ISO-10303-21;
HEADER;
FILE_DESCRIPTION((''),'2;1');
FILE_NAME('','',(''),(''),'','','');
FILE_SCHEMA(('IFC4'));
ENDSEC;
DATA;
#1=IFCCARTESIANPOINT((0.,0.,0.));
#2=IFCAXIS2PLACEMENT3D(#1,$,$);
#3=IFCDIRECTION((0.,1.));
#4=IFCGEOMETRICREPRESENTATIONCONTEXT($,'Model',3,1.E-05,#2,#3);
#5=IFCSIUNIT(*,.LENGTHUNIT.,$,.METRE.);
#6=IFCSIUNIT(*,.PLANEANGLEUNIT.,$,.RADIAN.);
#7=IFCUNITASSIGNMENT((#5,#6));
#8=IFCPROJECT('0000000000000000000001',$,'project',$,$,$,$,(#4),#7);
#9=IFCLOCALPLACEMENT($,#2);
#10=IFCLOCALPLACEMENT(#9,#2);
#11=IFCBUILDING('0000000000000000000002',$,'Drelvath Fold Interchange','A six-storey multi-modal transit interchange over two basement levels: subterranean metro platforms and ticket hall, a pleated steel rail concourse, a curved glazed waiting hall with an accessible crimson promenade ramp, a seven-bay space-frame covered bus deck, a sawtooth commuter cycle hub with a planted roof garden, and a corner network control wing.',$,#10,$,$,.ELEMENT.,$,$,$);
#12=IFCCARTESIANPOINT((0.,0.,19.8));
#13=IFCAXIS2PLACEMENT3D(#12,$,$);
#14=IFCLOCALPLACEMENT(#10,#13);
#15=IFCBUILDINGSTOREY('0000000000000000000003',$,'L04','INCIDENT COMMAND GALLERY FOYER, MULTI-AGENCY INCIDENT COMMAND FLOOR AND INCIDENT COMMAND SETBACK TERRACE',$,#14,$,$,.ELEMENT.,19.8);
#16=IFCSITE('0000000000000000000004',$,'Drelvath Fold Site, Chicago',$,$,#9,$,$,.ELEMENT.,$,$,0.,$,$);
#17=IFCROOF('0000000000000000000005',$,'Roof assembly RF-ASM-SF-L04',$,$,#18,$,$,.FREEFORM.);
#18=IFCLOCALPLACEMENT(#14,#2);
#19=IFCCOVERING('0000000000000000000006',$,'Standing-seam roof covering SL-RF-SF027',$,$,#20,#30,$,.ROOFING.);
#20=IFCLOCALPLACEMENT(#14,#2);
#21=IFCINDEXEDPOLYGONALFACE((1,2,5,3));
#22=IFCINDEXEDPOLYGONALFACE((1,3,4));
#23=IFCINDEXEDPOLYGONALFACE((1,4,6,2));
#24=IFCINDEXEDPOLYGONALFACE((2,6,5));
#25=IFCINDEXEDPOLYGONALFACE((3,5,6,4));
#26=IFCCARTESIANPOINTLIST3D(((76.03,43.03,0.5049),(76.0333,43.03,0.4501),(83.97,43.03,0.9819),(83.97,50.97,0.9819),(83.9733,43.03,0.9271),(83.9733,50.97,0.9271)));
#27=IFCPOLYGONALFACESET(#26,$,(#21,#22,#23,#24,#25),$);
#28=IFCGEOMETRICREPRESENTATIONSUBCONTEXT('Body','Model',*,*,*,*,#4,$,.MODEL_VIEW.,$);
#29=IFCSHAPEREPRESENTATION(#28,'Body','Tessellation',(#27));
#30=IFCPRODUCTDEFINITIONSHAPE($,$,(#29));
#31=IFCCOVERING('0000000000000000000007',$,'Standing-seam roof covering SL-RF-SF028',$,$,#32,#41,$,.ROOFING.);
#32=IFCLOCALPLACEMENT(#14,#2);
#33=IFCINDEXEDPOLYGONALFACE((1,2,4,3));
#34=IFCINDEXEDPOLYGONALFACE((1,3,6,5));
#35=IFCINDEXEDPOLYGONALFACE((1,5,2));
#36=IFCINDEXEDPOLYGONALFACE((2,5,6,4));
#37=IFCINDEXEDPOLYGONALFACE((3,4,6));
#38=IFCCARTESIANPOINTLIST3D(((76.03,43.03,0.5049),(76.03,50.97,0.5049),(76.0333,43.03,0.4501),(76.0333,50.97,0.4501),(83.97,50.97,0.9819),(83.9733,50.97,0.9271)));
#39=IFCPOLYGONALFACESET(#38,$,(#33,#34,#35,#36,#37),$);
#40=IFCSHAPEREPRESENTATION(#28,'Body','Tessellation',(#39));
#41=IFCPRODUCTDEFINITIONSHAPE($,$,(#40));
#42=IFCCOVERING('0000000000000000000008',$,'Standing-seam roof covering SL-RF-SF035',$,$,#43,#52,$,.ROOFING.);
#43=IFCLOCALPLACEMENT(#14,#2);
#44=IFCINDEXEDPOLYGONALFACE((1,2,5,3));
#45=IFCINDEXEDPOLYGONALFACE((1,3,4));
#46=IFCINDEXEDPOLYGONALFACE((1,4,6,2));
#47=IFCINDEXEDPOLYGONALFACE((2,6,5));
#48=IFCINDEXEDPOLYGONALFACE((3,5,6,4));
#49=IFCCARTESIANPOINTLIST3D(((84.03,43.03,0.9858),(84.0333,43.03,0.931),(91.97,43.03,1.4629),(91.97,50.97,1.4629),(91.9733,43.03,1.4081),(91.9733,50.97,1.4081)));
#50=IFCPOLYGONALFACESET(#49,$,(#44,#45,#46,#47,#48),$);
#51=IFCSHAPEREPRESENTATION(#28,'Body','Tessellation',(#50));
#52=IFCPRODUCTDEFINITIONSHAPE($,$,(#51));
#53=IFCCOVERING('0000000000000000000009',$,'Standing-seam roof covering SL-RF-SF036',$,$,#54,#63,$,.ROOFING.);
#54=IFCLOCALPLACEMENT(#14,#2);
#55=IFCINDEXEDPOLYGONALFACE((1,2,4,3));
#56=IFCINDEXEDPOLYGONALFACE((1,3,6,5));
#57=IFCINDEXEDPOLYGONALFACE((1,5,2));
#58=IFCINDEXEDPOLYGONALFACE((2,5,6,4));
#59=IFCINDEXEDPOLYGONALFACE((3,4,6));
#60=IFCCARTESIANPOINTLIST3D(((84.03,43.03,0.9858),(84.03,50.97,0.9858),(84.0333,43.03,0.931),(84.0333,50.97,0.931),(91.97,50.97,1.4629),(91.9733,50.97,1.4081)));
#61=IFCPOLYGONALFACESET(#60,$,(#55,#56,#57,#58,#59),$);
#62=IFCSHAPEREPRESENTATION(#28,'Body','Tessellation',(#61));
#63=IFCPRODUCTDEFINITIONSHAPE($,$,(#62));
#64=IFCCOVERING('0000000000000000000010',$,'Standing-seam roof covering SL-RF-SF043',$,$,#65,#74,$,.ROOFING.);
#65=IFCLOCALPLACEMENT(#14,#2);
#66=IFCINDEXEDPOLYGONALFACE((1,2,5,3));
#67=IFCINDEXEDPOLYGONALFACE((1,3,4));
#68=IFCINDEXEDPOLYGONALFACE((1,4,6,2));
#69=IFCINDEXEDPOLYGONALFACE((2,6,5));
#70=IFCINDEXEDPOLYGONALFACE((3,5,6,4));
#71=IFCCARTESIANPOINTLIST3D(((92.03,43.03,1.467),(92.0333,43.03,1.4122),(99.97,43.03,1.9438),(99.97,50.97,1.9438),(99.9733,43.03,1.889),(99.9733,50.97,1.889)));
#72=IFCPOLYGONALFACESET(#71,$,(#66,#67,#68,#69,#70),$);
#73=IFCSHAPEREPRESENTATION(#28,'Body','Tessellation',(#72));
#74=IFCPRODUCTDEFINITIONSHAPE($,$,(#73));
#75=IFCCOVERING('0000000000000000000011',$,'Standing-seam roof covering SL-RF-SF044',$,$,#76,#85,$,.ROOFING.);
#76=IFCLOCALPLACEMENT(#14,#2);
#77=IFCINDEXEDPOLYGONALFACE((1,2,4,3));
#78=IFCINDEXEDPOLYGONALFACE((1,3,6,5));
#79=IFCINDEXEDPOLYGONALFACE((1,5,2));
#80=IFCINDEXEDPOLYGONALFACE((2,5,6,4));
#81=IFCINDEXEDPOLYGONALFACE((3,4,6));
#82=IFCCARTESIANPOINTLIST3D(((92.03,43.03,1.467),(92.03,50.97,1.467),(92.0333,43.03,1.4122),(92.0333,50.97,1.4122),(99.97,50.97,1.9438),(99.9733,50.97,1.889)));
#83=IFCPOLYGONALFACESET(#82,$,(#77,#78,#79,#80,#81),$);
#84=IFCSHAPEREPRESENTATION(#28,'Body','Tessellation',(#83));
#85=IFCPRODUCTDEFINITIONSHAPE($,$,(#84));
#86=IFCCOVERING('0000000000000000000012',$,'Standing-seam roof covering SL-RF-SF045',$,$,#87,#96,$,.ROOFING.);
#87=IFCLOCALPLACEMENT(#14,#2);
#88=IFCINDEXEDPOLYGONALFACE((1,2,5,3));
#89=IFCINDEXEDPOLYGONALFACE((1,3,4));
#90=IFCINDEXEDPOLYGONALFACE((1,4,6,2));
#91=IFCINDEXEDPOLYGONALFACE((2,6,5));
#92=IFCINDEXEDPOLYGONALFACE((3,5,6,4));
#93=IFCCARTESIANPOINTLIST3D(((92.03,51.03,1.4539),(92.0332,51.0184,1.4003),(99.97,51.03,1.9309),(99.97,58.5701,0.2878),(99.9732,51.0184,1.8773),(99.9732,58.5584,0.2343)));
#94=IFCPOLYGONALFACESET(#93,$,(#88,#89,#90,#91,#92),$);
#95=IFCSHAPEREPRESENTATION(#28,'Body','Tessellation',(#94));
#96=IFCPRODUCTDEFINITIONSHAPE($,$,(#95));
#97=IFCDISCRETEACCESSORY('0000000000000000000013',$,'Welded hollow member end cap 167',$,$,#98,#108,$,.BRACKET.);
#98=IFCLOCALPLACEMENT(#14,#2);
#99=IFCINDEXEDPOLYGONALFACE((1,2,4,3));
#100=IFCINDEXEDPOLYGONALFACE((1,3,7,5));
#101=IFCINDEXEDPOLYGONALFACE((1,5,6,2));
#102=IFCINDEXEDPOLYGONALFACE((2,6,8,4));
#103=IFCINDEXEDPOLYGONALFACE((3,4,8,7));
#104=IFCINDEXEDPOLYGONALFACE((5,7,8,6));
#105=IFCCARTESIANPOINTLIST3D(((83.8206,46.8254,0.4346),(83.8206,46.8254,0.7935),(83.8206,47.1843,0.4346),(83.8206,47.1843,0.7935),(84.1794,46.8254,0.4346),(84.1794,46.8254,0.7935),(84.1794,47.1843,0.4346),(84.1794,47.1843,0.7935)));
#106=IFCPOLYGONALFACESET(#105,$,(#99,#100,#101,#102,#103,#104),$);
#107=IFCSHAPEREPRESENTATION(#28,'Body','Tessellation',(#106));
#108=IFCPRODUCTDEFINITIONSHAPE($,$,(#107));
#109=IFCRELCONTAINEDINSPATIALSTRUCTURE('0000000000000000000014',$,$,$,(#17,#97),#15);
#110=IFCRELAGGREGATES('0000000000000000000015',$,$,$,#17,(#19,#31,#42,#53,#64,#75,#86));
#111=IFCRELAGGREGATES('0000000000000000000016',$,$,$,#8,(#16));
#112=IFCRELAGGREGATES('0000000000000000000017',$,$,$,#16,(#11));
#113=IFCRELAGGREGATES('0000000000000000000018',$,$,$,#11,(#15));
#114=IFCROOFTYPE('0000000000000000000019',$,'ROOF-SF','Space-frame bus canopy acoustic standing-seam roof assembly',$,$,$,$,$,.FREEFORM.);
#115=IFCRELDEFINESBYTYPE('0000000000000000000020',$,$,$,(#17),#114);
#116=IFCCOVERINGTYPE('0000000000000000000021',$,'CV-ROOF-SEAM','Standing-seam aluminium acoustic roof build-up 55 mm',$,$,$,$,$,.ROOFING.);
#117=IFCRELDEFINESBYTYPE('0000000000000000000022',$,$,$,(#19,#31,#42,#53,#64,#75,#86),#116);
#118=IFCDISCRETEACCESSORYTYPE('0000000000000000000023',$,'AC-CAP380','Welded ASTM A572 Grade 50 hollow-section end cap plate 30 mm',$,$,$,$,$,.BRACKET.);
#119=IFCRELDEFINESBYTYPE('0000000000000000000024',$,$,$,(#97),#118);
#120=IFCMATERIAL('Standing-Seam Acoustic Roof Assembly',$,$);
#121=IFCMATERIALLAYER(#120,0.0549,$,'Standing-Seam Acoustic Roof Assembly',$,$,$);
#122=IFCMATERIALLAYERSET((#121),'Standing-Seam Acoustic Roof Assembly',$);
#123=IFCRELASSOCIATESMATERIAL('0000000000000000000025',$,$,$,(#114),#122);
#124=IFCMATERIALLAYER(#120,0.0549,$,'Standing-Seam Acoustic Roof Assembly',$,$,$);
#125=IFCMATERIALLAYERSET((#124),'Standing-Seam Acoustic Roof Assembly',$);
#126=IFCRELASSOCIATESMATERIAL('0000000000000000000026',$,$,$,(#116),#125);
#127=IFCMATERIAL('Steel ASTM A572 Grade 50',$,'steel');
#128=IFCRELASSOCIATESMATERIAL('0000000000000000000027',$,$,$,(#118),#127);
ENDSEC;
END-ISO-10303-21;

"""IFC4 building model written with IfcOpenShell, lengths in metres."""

from ifc_helpers import new_model, si_unit, direction, frame, origin, origin_2d, place, context, subcontext, project, spatial, polyline, rectangle, outline, extrude, material, layer, layer_set, type_object, element, aggregate, save


model = new_model("IFC4")

# Units and contexts
model_context = context("Model", 3, precision=1e-05, world=origin(), true_north=direction((0.0, 1.0)))
body_context = subcontext(model_context, "Body", "Model", "MODEL_VIEW")
ifc_project = project(units=[si_unit("LENGTHUNIT", "METRE"), si_unit("PLANEANGLEUNIT", "RADIAN")], contexts=[model_context])

# Site, building, storey
site_placement = place(None, origin())
site = spatial("IfcSite", under=ifc_project, at=site_placement, Name="Drelvath Fold Site, Chicago", CompositionType="ELEMENT", RefElevation=0.0)
building_placement = place(site_placement, origin())
building = spatial("IfcBuilding", under=site, at=building_placement, Name="Drelvath Fold Interchange", Description="A six-storey multi-modal transit interchange over two basement levels: subterranean metro platforms and ticket hall, a pleated steel rail concourse, a curved glazed waiting hall with an accessible crimson promenade ramp, a seven-bay space-frame covered bus deck, a sawtooth commuter cycle hub with a planted roof garden, and a corner network control wing.", CompositionType="ELEMENT")
storey_placement = place(building_placement, frame((0.0, 0.0, 19.8)))
storey = spatial("IfcBuildingStorey", under=building, at=storey_placement, Name="L04", Description="INCIDENT COMMAND GALLERY FOYER, MULTI-AGENCY INCIDENT COMMAND FLOOR AND INCIDENT COMMAND SETBACK TERRACE", CompositionType="ELEMENT", Elevation=19.8)

# Roof, coverings
ifc_material_1 = material(Name="Standing-Seam Acoustic Roof Assembly")
ifc_layer_1 = layer(ifc_material_1, 0.0549, Name="Standing-Seam Acoustic Roof Assembly")
ifc_layer_set_1 = layer_set([ifc_layer_1], Name="Standing-Seam Acoustic Roof Assembly")
roof_type = type_object("IfcRoofType", Name="ROOF-SF", Description="Space-frame bus canopy acoustic standing-seam roof assembly", PredefinedType="FREEFORM", material=ifc_layer_set_1)
roof_placement = place(storey_placement, origin())
roof = element("IfcRoof", 1, at=roof_placement, inside=storey, type_object=roof_type, Name="Roof assembly RF-ASM-SF-L04", PredefinedType="FREEFORM")
ifc_layer_2 = layer(ifc_material_1, 0.0549, Name="Standing-Seam Acoustic Roof Assembly")
ifc_layer_set_2 = layer_set([ifc_layer_2], Name="Standing-Seam Acoustic Roof Assembly")
covering_type = type_object("IfcCoveringType", Name="CV-ROOF-SEAM", Description="Standing-seam aluminium acoustic roof build-up 55 mm", PredefinedType="ROOFING", material=ifc_layer_set_2)
covering_1_placement = place(storey_placement, frame((76.03, 43.03, 0.5049), z_axis=(-0.059974, 0.0, 0.9982), x_axis=(0.9982, 0.0, 0.059974)))
covering_1 = element("IfcCovering", 2, at=covering_1_placement, type_object=covering_type, Name="Standing-seam roof covering SL-RF-SF027", PredefinedType="ROOFING", context=body_context, shape_type="SweptSolid", body=[
    extrude(outline(polyline([(0.0, 0.0), (7.9543, 0.0), (7.9543, 7.9399), (0.0, 0.0)])), origin(), (0.0, 0.0, -1.0), 0.0549),
])
covering_2_placement = place(storey_placement, frame((76.03, 43.03, 0.5049), z_axis=(-0.059974, 0.0, 0.9982), x_axis=(0.706469, 0.706469, 0.042446)))
covering_2 = element("IfcCovering", 3, at=covering_2_placement, type_object=covering_type, Name="Standing-seam roof covering SL-RF-SF028", PredefinedType="ROOFING", context=body_context, shape_type="SweptSolid", body=[
    extrude(outline(polyline([(0.0, 0.0), (11.2389, 0.0), (5.6093, 5.6194), (0.0, 0.0)])), origin(), (0.0, 0.0, -1.0), 0.0549),
])
covering_3_placement = place(storey_placement, frame((84.03, 43.03, 0.9858), z_axis=(-0.059974, 0.0, 0.9982), x_axis=(0.9982, 0.0, 0.059974)))
covering_3 = element("IfcCovering", 4, at=covering_3_placement, type_object=covering_type, Name="Standing-seam roof covering SL-RF-SF035", PredefinedType="ROOFING", context=body_context, shape_type="SweptSolid", body=[
    extrude(outline(polyline([(0.0, 0.0), (7.9543, 0.0), (7.9543, 7.9399), (0.0, 0.0)])), origin(), (0.0, 0.0, -1.0), 0.0549),
])
covering_4_placement = place(storey_placement, frame((84.03, 43.03, 0.9858), z_axis=(-0.059974, 0.0, 0.9982), x_axis=(0.706469, 0.706469, 0.042446)))
covering_4 = element("IfcCovering", 5, at=covering_4_placement, type_object=covering_type, Name="Standing-seam roof covering SL-RF-SF036", PredefinedType="ROOFING", context=body_context, shape_type="SweptSolid", body=[
    extrude(outline(polyline([(0.0, 0.0), (11.2389, 0.0), (5.6093, 5.6194), (0.0, 0.0)])), origin(), (0.0, 0.0, -1.0), 0.0549),
])
covering_5_placement = place(storey_placement, frame((92.03, 43.03, 1.467), z_axis=(-0.059944, 0.0, 0.998202), x_axis=(0.998202, 0.0, 0.059944)))
covering_5 = element("IfcCovering", 6, at=covering_5_placement, type_object=covering_type, Name="Standing-seam roof covering SL-RF-SF043", PredefinedType="ROOFING", context=body_context, shape_type="SweptSolid", body=[
    extrude(outline(polyline([(0.0, 0.0), (7.9542, 0.0), (7.9542, 7.9399), (0.0, 0.0)])), origin(), (0.0, 0.0, -1.0), 0.0549),
])
covering_6_placement = place(storey_placement, frame((92.03, 43.03, 1.467), z_axis=(-0.059944, 0.0, 0.998202), x_axis=(0.70647, 0.70647, 0.042425)))
covering_6 = element("IfcCovering", 7, at=covering_6_placement, type_object=covering_type, Name="Standing-seam roof covering SL-RF-SF044", PredefinedType="ROOFING", context=body_context, shape_type="SweptSolid", body=[
    extrude(outline(polyline([(0.0, 0.0), (11.2389, 0.0), (5.6093, 5.6194), (0.0, 0.0)])), origin(), (0.0, 0.0, -1.0), 0.0549),
])
covering_7_placement = place(storey_placement, frame((92.03, 51.03, 1.4539), z_axis=(-0.058604, 0.21255, 0.975391), x_axis=(0.9982, 0.0, 0.059974)))
covering_7 = element("IfcCovering", 8, at=covering_7_placement, type_object=covering_type, Name="Standing-seam roof covering SL-RF-SF045", PredefinedType="ROOFING", context=body_context, shape_type="SweptSolid", body=[
    extrude(outline(polyline([(0.0, 0.0), (7.9543, 0.0), (7.8557, 7.7164), (0.0, 0.0)])), origin(), (0.0, 0.0, -1.0), 0.0549),
])
aggregate(roof, [covering_1, covering_2, covering_3, covering_4, covering_5, covering_6, covering_7])

# Discrete accessory
ifc_material_2 = material(Name="Steel ASTM A572 Grade 50", Category="steel")
discrete_accessory_type = type_object("IfcDiscreteAccessoryType", Name="AC-CAP380", Description="Welded ASTM A572 Grade 50 hollow-section end cap plate 30 mm", PredefinedType="BRACKET", material=ifc_material_2)
discrete_accessory_placement = place(storey_placement, frame((84.0, 47.0049, 0.4346), z_axis=(0.0, 0.0, 1.0), x_axis=(1.0, 0.0, 0.0)))
element("IfcDiscreteAccessory", 9, at=discrete_accessory_placement, inside=storey, type_object=discrete_accessory_type, Name="Welded hollow member end cap 167", PredefinedType="BRACKET", context=body_context, shape_type="SweptSolid", body=[
    extrude(rectangle(XDim=0.3589, YDim=0.3589, at=origin_2d()), origin(), (0.0, 0.0, 1.0), 0.3589),
])

save(model, "model.ifc")
